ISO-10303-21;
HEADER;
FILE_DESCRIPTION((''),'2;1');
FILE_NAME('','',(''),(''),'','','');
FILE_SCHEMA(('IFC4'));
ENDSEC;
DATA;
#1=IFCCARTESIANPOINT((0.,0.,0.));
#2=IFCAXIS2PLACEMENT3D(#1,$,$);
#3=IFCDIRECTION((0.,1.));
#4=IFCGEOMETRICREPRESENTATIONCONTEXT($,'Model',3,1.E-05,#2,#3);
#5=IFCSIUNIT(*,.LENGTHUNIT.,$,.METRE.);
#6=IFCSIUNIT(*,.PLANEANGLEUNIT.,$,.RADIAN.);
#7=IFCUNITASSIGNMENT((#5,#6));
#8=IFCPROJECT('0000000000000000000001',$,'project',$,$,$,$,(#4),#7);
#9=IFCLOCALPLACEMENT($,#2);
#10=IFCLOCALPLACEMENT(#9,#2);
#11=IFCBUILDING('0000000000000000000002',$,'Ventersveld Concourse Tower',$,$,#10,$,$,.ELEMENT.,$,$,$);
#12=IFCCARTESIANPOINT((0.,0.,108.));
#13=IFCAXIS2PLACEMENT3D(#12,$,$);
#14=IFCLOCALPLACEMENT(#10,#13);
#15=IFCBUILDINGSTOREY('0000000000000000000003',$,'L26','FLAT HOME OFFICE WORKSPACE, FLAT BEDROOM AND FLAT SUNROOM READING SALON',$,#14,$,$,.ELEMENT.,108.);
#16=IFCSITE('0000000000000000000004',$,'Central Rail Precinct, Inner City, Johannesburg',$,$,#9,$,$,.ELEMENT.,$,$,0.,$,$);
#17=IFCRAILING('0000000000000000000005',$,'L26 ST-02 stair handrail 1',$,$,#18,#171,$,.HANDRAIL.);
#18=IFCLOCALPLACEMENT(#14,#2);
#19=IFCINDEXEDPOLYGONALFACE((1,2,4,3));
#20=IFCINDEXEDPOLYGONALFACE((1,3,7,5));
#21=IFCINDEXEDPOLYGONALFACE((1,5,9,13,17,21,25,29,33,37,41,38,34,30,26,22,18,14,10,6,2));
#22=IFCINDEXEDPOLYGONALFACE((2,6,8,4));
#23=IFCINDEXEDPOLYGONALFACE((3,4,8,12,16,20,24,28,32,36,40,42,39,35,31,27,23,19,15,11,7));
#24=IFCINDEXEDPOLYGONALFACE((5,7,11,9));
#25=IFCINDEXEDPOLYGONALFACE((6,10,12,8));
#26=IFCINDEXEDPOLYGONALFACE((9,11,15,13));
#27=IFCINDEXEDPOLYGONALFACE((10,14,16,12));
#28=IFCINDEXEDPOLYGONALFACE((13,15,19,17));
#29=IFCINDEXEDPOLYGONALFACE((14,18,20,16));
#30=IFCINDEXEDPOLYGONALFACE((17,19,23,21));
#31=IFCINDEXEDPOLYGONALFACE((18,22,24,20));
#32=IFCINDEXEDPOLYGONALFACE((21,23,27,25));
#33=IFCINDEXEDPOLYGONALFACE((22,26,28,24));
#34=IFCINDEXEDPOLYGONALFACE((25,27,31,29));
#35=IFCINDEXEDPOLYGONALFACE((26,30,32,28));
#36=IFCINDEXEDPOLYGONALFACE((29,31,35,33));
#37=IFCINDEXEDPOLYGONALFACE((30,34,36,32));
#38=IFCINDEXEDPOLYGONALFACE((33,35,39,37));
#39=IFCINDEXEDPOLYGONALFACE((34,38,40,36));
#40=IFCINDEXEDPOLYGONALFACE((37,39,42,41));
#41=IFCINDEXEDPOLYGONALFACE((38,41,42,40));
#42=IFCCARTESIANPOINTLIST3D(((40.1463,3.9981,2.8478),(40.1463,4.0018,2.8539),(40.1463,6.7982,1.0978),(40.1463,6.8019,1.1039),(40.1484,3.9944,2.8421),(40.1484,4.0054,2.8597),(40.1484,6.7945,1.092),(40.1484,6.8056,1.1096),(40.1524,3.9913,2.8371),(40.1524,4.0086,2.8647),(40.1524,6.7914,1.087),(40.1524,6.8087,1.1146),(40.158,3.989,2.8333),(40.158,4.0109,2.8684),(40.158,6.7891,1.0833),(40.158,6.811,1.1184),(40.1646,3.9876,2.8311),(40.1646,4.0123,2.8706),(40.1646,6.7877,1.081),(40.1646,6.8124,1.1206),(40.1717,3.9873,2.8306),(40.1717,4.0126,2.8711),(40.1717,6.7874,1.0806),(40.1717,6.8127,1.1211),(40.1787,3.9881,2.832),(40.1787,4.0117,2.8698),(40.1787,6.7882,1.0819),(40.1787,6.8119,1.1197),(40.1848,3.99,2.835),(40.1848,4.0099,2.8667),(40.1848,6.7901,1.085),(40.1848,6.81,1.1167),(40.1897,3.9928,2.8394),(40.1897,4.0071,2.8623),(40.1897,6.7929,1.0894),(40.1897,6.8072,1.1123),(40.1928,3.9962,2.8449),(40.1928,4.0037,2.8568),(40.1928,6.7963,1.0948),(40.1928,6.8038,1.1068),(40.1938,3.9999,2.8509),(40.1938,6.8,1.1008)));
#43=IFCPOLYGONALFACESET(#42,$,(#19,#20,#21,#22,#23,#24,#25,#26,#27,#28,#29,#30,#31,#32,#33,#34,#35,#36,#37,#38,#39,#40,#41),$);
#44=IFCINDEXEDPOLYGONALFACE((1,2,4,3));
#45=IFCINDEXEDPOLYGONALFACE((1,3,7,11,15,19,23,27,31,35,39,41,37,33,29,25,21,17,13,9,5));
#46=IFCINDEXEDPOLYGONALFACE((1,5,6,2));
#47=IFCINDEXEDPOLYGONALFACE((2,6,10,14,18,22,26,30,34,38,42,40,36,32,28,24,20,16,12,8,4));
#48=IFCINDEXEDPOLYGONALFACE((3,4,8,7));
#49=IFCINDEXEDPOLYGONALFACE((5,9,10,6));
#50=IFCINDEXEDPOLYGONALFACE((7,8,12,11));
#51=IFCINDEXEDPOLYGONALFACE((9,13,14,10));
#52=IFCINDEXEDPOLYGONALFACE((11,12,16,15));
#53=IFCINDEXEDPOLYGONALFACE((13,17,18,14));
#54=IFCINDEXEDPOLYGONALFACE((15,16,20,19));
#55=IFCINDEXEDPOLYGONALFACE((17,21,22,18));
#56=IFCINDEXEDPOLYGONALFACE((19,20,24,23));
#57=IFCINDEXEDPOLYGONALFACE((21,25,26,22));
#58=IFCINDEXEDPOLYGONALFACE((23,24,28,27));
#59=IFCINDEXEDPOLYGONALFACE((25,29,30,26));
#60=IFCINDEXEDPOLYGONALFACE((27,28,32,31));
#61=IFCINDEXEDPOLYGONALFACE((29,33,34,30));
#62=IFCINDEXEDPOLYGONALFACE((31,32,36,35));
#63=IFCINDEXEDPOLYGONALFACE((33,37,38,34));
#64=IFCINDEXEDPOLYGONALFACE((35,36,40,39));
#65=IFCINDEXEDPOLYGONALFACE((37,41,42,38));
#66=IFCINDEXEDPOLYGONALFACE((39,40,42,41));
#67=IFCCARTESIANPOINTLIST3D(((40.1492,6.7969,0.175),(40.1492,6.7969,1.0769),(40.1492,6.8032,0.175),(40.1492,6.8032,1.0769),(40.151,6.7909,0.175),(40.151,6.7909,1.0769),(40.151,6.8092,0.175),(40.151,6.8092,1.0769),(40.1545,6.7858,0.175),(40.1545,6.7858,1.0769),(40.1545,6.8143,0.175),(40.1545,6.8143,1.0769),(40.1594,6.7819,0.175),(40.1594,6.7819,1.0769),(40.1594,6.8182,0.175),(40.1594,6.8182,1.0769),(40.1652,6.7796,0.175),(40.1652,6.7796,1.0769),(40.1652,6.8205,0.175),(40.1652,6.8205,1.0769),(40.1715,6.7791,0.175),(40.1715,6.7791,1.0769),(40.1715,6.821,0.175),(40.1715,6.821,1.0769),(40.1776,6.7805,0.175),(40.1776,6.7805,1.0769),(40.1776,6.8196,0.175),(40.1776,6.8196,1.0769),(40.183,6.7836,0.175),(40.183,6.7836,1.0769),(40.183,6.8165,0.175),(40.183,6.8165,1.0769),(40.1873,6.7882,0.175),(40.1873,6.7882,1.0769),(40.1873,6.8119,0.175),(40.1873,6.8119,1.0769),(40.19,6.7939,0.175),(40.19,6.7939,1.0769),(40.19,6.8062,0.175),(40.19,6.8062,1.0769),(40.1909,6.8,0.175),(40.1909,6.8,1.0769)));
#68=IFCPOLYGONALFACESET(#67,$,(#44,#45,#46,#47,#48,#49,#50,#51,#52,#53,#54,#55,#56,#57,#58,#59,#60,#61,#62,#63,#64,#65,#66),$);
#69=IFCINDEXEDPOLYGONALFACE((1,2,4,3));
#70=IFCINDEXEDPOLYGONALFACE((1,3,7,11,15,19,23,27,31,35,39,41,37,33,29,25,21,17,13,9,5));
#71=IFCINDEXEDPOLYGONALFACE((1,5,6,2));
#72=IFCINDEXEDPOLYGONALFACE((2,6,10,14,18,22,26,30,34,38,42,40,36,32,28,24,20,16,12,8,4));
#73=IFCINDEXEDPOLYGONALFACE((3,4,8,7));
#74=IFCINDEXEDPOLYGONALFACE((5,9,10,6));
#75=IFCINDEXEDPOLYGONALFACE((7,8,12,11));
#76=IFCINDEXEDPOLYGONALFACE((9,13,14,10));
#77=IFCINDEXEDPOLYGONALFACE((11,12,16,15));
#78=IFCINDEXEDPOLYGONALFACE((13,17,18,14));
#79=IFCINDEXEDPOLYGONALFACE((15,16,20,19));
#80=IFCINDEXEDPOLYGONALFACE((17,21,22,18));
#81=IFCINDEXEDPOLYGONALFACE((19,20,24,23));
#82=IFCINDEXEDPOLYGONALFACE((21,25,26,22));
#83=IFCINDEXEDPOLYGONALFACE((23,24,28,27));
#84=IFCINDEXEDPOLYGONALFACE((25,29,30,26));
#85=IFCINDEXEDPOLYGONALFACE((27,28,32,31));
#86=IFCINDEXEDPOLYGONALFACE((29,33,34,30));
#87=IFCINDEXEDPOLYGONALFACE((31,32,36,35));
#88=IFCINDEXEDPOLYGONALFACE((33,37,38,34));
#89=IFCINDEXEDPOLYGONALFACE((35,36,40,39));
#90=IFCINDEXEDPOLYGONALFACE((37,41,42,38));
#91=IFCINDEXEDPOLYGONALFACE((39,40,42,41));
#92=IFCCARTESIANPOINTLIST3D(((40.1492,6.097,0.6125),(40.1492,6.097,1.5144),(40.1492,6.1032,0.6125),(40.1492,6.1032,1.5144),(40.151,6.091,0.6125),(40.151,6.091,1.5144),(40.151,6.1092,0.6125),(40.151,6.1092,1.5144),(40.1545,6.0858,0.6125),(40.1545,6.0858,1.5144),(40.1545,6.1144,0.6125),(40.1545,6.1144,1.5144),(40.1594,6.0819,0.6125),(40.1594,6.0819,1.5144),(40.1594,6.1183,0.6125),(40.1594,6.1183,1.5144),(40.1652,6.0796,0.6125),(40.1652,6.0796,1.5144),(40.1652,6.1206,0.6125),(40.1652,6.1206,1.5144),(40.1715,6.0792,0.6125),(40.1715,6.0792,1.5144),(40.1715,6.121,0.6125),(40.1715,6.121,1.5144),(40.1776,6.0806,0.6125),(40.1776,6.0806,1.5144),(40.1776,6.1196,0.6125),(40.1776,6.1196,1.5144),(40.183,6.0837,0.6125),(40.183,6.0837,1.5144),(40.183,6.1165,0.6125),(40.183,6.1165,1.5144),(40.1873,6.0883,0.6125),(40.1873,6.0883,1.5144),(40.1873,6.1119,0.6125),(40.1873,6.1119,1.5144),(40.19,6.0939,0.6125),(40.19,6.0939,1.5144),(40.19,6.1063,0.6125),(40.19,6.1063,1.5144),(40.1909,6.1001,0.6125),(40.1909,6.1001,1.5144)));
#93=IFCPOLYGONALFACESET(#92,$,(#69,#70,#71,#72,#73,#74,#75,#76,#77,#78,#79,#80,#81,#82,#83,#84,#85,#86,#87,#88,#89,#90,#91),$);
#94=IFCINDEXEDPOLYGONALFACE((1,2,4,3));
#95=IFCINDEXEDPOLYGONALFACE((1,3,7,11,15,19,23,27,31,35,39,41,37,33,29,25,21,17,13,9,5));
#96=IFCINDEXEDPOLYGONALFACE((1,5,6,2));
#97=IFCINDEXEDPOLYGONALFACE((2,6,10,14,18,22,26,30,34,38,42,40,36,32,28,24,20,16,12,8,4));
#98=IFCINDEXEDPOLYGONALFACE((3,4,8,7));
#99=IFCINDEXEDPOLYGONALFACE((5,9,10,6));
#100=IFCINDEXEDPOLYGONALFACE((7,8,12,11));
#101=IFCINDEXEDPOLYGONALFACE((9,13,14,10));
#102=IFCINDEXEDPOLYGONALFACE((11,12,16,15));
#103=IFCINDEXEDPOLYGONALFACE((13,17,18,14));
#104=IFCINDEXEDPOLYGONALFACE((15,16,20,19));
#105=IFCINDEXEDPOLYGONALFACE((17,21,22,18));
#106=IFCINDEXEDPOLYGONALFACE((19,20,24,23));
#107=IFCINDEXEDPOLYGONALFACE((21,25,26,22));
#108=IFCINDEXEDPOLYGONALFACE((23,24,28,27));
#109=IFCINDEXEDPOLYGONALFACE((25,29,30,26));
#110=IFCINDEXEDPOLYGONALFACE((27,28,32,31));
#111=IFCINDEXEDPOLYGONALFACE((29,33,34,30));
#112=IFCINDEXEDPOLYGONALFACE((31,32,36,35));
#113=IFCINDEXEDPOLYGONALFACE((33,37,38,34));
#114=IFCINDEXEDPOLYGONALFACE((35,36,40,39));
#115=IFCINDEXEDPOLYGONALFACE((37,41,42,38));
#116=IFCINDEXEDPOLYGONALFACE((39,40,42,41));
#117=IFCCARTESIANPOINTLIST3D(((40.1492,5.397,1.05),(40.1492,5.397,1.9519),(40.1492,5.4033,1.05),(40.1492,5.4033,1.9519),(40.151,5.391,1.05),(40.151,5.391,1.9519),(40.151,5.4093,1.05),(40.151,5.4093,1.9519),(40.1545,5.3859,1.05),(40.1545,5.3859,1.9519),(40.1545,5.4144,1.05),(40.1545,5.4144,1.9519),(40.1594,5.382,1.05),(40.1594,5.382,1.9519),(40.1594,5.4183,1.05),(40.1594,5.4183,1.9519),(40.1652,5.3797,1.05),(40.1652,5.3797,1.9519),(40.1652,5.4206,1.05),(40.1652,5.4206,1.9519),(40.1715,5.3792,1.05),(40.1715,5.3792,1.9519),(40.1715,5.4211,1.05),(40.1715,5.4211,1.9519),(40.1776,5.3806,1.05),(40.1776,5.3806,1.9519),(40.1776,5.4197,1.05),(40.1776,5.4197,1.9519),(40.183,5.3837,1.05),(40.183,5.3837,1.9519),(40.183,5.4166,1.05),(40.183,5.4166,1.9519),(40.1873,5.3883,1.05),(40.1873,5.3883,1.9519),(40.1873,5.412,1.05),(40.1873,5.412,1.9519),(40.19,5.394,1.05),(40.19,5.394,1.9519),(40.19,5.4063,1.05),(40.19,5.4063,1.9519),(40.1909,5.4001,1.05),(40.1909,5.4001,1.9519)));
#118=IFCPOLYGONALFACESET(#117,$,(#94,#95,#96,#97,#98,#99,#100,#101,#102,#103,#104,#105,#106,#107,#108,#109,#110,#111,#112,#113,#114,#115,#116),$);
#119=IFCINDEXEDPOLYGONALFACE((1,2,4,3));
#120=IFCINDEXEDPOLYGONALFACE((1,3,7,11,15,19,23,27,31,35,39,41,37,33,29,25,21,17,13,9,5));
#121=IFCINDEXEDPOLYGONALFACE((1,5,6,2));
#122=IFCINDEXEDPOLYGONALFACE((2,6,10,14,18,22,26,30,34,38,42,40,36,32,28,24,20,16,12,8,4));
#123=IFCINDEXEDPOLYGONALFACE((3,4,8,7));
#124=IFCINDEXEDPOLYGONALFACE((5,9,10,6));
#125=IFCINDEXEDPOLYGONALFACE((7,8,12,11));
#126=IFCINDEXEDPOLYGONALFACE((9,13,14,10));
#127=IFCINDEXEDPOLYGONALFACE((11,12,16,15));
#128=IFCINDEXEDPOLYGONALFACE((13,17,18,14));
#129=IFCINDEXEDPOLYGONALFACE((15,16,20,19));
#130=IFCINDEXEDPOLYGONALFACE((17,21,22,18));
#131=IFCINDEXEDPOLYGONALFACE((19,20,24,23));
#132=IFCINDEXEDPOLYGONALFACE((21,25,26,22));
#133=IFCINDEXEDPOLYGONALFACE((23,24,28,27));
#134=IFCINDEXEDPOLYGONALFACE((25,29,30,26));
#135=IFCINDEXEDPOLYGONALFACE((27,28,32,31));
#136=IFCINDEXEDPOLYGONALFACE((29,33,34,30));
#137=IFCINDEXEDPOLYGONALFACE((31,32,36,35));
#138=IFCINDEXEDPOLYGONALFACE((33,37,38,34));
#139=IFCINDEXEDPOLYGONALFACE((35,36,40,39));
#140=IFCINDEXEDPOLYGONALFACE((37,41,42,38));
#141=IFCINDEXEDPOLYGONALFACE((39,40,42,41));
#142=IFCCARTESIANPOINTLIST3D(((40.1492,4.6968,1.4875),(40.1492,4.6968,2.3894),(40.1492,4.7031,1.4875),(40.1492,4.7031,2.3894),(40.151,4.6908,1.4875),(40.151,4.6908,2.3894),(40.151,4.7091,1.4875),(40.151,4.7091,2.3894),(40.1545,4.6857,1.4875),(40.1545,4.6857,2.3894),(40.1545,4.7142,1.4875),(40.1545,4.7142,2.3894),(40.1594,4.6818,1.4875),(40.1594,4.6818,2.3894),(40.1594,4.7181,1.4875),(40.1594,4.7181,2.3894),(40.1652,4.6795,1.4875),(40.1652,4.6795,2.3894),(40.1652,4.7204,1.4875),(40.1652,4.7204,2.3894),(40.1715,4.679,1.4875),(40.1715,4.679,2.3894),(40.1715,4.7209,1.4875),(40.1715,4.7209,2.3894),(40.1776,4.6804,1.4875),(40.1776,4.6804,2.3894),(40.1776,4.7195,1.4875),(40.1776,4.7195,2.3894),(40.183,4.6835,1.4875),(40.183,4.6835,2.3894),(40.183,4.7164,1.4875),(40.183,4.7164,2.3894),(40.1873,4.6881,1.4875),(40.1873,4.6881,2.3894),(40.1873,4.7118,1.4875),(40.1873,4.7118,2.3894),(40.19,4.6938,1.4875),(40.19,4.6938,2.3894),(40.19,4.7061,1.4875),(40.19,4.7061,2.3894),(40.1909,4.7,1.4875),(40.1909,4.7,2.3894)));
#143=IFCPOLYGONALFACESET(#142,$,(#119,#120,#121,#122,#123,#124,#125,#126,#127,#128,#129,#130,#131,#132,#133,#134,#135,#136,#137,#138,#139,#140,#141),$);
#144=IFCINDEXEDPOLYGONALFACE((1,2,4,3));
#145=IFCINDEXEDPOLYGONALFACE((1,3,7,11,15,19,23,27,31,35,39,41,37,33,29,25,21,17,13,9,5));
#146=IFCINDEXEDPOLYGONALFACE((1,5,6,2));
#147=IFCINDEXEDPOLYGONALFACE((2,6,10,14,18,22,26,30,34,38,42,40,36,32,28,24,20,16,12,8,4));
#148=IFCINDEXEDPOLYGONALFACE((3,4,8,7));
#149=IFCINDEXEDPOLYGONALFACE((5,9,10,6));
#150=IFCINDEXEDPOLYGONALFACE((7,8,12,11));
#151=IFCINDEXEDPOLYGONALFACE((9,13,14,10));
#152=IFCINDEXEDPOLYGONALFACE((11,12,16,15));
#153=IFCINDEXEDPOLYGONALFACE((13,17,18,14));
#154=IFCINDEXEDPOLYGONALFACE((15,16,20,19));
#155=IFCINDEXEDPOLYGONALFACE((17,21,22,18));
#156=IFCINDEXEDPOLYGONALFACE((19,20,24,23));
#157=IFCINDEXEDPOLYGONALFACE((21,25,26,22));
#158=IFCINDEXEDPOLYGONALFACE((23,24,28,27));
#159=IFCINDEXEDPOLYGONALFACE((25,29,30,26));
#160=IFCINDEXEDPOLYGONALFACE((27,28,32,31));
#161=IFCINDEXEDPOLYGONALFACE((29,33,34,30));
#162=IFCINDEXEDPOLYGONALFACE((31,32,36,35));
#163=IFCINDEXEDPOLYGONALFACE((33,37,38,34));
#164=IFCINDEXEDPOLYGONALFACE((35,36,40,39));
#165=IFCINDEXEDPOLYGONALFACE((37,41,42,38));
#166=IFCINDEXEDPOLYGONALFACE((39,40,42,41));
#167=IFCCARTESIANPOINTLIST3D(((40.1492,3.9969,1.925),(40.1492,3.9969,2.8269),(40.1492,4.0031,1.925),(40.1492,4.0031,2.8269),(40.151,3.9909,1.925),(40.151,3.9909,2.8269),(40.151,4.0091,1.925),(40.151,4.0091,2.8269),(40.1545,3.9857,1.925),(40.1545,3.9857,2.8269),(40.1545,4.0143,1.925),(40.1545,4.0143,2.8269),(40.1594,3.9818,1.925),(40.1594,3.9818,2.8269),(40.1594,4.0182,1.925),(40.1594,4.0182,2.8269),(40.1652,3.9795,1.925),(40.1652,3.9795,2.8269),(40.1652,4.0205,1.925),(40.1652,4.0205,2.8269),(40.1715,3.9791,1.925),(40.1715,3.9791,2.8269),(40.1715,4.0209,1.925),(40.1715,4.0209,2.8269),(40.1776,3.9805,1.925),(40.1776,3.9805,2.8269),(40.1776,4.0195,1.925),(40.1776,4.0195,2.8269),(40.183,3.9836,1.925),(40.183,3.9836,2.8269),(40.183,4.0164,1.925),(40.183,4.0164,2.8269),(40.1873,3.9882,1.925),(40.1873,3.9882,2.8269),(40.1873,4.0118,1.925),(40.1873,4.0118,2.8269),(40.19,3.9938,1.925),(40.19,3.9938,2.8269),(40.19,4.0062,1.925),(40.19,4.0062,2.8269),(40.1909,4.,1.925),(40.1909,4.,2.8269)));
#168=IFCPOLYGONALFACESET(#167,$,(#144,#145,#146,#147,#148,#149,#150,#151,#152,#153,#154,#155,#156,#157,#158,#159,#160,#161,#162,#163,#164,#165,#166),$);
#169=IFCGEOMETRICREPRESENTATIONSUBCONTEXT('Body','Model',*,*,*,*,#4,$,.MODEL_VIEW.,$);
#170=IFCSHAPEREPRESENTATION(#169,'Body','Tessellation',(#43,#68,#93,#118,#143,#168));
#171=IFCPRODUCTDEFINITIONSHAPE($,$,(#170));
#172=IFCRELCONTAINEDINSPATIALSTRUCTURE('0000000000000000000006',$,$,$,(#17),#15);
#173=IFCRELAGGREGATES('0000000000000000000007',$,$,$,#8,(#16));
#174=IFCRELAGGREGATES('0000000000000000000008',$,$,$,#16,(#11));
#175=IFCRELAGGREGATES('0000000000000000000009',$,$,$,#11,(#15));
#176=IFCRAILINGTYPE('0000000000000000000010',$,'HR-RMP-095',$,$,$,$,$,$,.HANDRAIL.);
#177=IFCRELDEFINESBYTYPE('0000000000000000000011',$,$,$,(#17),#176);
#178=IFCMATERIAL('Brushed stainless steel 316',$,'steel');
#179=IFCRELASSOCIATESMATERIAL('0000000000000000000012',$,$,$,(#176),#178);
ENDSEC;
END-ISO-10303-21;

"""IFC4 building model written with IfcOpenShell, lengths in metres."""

from ifc_helpers import new_model, si_unit, direction, frame, origin, origin_2d, place, context, subcontext, project, spatial, circle, extrude, material, type_object, element, save


model = new_model("IFC4")

# Units and contexts
model_context = context("Model", 3, precision=1e-05, world=origin(), true_north=direction((0.0, 1.0)))
body_context = subcontext(model_context, "Body", "Model", "MODEL_VIEW")
ifc_project = project(units=[si_unit("LENGTHUNIT", "METRE"), si_unit("PLANEANGLEUNIT", "RADIAN")], contexts=[model_context])

# Site, building, storey
site_placement = place(None, origin())
site = spatial("IfcSite", under=ifc_project, at=site_placement, Name="Central Rail Precinct, Inner City, Johannesburg", CompositionType="ELEMENT", RefElevation=0.0)
building_placement = place(site_placement, origin())
building = spatial("IfcBuilding", under=site, at=building_placement, Name="Ventersveld Concourse Tower", CompositionType="ELEMENT")
storey_placement = place(building_placement, frame((0.0, 0.0, 108.0)))
storey = spatial("IfcBuildingStorey", under=building, at=storey_placement, Name="L26", Description="FLAT HOME OFFICE WORKSPACE, FLAT BEDROOM AND FLAT SUNROOM READING SALON", CompositionType="ELEMENT", Elevation=108.0)

# Shared definitions
ifc_material_1 = material(Name="Brushed stainless steel 316", Category="steel")

# Railing
railing_type_1 = type_object("IfcRailingType", Name="HR-RMP-095", PredefinedType="HANDRAIL", material=ifc_material_1)
railing_1_placement = place(storey_placement, frame((40.1699, 6.8, 0.175)))
element("IfcRailing", 1, at=railing_1_placement, inside=storey, type_object=railing_type_1, Name="L26 ST-02 stair handrail 1", PredefinedType="HANDRAIL", context=body_context, shape_type="SweptSolid", body=[
    extrude(circle(Radius=0.0239, at=origin_2d()), frame((0.0, 0.0, 0.9258), z_axis=(0.0, -0.848002, 0.529992), x_axis=(1.0, 0.0, 0.0)), (0.0, 0.0, 1.0), 3.302),
    extrude(circle(Radius=0.021, at=origin_2d()), origin(), (0.0, 0.0, 1.0), 0.9019),
    extrude(circle(Radius=0.021, at=origin_2d()), frame((0.0, -0.7, 0.4375)), (0.0, 0.0, 1.0), 0.9019),
    extrude(circle(Radius=0.021, at=origin_2d()), frame((0.0, -1.3999, 0.875)), (0.0, 0.0, 1.0), 0.9019),
    extrude(circle(Radius=0.021, at=origin_2d()), frame((0.0, -2.1001, 1.3125)), (0.0, 0.0, 1.0), 0.9019),
    extrude(circle(Radius=0.021, at=origin_2d()), frame((0.0, -2.8, 1.75)), (0.0, 0.0, 1.0), 0.9019),
])

save(model, "model.ifc")
